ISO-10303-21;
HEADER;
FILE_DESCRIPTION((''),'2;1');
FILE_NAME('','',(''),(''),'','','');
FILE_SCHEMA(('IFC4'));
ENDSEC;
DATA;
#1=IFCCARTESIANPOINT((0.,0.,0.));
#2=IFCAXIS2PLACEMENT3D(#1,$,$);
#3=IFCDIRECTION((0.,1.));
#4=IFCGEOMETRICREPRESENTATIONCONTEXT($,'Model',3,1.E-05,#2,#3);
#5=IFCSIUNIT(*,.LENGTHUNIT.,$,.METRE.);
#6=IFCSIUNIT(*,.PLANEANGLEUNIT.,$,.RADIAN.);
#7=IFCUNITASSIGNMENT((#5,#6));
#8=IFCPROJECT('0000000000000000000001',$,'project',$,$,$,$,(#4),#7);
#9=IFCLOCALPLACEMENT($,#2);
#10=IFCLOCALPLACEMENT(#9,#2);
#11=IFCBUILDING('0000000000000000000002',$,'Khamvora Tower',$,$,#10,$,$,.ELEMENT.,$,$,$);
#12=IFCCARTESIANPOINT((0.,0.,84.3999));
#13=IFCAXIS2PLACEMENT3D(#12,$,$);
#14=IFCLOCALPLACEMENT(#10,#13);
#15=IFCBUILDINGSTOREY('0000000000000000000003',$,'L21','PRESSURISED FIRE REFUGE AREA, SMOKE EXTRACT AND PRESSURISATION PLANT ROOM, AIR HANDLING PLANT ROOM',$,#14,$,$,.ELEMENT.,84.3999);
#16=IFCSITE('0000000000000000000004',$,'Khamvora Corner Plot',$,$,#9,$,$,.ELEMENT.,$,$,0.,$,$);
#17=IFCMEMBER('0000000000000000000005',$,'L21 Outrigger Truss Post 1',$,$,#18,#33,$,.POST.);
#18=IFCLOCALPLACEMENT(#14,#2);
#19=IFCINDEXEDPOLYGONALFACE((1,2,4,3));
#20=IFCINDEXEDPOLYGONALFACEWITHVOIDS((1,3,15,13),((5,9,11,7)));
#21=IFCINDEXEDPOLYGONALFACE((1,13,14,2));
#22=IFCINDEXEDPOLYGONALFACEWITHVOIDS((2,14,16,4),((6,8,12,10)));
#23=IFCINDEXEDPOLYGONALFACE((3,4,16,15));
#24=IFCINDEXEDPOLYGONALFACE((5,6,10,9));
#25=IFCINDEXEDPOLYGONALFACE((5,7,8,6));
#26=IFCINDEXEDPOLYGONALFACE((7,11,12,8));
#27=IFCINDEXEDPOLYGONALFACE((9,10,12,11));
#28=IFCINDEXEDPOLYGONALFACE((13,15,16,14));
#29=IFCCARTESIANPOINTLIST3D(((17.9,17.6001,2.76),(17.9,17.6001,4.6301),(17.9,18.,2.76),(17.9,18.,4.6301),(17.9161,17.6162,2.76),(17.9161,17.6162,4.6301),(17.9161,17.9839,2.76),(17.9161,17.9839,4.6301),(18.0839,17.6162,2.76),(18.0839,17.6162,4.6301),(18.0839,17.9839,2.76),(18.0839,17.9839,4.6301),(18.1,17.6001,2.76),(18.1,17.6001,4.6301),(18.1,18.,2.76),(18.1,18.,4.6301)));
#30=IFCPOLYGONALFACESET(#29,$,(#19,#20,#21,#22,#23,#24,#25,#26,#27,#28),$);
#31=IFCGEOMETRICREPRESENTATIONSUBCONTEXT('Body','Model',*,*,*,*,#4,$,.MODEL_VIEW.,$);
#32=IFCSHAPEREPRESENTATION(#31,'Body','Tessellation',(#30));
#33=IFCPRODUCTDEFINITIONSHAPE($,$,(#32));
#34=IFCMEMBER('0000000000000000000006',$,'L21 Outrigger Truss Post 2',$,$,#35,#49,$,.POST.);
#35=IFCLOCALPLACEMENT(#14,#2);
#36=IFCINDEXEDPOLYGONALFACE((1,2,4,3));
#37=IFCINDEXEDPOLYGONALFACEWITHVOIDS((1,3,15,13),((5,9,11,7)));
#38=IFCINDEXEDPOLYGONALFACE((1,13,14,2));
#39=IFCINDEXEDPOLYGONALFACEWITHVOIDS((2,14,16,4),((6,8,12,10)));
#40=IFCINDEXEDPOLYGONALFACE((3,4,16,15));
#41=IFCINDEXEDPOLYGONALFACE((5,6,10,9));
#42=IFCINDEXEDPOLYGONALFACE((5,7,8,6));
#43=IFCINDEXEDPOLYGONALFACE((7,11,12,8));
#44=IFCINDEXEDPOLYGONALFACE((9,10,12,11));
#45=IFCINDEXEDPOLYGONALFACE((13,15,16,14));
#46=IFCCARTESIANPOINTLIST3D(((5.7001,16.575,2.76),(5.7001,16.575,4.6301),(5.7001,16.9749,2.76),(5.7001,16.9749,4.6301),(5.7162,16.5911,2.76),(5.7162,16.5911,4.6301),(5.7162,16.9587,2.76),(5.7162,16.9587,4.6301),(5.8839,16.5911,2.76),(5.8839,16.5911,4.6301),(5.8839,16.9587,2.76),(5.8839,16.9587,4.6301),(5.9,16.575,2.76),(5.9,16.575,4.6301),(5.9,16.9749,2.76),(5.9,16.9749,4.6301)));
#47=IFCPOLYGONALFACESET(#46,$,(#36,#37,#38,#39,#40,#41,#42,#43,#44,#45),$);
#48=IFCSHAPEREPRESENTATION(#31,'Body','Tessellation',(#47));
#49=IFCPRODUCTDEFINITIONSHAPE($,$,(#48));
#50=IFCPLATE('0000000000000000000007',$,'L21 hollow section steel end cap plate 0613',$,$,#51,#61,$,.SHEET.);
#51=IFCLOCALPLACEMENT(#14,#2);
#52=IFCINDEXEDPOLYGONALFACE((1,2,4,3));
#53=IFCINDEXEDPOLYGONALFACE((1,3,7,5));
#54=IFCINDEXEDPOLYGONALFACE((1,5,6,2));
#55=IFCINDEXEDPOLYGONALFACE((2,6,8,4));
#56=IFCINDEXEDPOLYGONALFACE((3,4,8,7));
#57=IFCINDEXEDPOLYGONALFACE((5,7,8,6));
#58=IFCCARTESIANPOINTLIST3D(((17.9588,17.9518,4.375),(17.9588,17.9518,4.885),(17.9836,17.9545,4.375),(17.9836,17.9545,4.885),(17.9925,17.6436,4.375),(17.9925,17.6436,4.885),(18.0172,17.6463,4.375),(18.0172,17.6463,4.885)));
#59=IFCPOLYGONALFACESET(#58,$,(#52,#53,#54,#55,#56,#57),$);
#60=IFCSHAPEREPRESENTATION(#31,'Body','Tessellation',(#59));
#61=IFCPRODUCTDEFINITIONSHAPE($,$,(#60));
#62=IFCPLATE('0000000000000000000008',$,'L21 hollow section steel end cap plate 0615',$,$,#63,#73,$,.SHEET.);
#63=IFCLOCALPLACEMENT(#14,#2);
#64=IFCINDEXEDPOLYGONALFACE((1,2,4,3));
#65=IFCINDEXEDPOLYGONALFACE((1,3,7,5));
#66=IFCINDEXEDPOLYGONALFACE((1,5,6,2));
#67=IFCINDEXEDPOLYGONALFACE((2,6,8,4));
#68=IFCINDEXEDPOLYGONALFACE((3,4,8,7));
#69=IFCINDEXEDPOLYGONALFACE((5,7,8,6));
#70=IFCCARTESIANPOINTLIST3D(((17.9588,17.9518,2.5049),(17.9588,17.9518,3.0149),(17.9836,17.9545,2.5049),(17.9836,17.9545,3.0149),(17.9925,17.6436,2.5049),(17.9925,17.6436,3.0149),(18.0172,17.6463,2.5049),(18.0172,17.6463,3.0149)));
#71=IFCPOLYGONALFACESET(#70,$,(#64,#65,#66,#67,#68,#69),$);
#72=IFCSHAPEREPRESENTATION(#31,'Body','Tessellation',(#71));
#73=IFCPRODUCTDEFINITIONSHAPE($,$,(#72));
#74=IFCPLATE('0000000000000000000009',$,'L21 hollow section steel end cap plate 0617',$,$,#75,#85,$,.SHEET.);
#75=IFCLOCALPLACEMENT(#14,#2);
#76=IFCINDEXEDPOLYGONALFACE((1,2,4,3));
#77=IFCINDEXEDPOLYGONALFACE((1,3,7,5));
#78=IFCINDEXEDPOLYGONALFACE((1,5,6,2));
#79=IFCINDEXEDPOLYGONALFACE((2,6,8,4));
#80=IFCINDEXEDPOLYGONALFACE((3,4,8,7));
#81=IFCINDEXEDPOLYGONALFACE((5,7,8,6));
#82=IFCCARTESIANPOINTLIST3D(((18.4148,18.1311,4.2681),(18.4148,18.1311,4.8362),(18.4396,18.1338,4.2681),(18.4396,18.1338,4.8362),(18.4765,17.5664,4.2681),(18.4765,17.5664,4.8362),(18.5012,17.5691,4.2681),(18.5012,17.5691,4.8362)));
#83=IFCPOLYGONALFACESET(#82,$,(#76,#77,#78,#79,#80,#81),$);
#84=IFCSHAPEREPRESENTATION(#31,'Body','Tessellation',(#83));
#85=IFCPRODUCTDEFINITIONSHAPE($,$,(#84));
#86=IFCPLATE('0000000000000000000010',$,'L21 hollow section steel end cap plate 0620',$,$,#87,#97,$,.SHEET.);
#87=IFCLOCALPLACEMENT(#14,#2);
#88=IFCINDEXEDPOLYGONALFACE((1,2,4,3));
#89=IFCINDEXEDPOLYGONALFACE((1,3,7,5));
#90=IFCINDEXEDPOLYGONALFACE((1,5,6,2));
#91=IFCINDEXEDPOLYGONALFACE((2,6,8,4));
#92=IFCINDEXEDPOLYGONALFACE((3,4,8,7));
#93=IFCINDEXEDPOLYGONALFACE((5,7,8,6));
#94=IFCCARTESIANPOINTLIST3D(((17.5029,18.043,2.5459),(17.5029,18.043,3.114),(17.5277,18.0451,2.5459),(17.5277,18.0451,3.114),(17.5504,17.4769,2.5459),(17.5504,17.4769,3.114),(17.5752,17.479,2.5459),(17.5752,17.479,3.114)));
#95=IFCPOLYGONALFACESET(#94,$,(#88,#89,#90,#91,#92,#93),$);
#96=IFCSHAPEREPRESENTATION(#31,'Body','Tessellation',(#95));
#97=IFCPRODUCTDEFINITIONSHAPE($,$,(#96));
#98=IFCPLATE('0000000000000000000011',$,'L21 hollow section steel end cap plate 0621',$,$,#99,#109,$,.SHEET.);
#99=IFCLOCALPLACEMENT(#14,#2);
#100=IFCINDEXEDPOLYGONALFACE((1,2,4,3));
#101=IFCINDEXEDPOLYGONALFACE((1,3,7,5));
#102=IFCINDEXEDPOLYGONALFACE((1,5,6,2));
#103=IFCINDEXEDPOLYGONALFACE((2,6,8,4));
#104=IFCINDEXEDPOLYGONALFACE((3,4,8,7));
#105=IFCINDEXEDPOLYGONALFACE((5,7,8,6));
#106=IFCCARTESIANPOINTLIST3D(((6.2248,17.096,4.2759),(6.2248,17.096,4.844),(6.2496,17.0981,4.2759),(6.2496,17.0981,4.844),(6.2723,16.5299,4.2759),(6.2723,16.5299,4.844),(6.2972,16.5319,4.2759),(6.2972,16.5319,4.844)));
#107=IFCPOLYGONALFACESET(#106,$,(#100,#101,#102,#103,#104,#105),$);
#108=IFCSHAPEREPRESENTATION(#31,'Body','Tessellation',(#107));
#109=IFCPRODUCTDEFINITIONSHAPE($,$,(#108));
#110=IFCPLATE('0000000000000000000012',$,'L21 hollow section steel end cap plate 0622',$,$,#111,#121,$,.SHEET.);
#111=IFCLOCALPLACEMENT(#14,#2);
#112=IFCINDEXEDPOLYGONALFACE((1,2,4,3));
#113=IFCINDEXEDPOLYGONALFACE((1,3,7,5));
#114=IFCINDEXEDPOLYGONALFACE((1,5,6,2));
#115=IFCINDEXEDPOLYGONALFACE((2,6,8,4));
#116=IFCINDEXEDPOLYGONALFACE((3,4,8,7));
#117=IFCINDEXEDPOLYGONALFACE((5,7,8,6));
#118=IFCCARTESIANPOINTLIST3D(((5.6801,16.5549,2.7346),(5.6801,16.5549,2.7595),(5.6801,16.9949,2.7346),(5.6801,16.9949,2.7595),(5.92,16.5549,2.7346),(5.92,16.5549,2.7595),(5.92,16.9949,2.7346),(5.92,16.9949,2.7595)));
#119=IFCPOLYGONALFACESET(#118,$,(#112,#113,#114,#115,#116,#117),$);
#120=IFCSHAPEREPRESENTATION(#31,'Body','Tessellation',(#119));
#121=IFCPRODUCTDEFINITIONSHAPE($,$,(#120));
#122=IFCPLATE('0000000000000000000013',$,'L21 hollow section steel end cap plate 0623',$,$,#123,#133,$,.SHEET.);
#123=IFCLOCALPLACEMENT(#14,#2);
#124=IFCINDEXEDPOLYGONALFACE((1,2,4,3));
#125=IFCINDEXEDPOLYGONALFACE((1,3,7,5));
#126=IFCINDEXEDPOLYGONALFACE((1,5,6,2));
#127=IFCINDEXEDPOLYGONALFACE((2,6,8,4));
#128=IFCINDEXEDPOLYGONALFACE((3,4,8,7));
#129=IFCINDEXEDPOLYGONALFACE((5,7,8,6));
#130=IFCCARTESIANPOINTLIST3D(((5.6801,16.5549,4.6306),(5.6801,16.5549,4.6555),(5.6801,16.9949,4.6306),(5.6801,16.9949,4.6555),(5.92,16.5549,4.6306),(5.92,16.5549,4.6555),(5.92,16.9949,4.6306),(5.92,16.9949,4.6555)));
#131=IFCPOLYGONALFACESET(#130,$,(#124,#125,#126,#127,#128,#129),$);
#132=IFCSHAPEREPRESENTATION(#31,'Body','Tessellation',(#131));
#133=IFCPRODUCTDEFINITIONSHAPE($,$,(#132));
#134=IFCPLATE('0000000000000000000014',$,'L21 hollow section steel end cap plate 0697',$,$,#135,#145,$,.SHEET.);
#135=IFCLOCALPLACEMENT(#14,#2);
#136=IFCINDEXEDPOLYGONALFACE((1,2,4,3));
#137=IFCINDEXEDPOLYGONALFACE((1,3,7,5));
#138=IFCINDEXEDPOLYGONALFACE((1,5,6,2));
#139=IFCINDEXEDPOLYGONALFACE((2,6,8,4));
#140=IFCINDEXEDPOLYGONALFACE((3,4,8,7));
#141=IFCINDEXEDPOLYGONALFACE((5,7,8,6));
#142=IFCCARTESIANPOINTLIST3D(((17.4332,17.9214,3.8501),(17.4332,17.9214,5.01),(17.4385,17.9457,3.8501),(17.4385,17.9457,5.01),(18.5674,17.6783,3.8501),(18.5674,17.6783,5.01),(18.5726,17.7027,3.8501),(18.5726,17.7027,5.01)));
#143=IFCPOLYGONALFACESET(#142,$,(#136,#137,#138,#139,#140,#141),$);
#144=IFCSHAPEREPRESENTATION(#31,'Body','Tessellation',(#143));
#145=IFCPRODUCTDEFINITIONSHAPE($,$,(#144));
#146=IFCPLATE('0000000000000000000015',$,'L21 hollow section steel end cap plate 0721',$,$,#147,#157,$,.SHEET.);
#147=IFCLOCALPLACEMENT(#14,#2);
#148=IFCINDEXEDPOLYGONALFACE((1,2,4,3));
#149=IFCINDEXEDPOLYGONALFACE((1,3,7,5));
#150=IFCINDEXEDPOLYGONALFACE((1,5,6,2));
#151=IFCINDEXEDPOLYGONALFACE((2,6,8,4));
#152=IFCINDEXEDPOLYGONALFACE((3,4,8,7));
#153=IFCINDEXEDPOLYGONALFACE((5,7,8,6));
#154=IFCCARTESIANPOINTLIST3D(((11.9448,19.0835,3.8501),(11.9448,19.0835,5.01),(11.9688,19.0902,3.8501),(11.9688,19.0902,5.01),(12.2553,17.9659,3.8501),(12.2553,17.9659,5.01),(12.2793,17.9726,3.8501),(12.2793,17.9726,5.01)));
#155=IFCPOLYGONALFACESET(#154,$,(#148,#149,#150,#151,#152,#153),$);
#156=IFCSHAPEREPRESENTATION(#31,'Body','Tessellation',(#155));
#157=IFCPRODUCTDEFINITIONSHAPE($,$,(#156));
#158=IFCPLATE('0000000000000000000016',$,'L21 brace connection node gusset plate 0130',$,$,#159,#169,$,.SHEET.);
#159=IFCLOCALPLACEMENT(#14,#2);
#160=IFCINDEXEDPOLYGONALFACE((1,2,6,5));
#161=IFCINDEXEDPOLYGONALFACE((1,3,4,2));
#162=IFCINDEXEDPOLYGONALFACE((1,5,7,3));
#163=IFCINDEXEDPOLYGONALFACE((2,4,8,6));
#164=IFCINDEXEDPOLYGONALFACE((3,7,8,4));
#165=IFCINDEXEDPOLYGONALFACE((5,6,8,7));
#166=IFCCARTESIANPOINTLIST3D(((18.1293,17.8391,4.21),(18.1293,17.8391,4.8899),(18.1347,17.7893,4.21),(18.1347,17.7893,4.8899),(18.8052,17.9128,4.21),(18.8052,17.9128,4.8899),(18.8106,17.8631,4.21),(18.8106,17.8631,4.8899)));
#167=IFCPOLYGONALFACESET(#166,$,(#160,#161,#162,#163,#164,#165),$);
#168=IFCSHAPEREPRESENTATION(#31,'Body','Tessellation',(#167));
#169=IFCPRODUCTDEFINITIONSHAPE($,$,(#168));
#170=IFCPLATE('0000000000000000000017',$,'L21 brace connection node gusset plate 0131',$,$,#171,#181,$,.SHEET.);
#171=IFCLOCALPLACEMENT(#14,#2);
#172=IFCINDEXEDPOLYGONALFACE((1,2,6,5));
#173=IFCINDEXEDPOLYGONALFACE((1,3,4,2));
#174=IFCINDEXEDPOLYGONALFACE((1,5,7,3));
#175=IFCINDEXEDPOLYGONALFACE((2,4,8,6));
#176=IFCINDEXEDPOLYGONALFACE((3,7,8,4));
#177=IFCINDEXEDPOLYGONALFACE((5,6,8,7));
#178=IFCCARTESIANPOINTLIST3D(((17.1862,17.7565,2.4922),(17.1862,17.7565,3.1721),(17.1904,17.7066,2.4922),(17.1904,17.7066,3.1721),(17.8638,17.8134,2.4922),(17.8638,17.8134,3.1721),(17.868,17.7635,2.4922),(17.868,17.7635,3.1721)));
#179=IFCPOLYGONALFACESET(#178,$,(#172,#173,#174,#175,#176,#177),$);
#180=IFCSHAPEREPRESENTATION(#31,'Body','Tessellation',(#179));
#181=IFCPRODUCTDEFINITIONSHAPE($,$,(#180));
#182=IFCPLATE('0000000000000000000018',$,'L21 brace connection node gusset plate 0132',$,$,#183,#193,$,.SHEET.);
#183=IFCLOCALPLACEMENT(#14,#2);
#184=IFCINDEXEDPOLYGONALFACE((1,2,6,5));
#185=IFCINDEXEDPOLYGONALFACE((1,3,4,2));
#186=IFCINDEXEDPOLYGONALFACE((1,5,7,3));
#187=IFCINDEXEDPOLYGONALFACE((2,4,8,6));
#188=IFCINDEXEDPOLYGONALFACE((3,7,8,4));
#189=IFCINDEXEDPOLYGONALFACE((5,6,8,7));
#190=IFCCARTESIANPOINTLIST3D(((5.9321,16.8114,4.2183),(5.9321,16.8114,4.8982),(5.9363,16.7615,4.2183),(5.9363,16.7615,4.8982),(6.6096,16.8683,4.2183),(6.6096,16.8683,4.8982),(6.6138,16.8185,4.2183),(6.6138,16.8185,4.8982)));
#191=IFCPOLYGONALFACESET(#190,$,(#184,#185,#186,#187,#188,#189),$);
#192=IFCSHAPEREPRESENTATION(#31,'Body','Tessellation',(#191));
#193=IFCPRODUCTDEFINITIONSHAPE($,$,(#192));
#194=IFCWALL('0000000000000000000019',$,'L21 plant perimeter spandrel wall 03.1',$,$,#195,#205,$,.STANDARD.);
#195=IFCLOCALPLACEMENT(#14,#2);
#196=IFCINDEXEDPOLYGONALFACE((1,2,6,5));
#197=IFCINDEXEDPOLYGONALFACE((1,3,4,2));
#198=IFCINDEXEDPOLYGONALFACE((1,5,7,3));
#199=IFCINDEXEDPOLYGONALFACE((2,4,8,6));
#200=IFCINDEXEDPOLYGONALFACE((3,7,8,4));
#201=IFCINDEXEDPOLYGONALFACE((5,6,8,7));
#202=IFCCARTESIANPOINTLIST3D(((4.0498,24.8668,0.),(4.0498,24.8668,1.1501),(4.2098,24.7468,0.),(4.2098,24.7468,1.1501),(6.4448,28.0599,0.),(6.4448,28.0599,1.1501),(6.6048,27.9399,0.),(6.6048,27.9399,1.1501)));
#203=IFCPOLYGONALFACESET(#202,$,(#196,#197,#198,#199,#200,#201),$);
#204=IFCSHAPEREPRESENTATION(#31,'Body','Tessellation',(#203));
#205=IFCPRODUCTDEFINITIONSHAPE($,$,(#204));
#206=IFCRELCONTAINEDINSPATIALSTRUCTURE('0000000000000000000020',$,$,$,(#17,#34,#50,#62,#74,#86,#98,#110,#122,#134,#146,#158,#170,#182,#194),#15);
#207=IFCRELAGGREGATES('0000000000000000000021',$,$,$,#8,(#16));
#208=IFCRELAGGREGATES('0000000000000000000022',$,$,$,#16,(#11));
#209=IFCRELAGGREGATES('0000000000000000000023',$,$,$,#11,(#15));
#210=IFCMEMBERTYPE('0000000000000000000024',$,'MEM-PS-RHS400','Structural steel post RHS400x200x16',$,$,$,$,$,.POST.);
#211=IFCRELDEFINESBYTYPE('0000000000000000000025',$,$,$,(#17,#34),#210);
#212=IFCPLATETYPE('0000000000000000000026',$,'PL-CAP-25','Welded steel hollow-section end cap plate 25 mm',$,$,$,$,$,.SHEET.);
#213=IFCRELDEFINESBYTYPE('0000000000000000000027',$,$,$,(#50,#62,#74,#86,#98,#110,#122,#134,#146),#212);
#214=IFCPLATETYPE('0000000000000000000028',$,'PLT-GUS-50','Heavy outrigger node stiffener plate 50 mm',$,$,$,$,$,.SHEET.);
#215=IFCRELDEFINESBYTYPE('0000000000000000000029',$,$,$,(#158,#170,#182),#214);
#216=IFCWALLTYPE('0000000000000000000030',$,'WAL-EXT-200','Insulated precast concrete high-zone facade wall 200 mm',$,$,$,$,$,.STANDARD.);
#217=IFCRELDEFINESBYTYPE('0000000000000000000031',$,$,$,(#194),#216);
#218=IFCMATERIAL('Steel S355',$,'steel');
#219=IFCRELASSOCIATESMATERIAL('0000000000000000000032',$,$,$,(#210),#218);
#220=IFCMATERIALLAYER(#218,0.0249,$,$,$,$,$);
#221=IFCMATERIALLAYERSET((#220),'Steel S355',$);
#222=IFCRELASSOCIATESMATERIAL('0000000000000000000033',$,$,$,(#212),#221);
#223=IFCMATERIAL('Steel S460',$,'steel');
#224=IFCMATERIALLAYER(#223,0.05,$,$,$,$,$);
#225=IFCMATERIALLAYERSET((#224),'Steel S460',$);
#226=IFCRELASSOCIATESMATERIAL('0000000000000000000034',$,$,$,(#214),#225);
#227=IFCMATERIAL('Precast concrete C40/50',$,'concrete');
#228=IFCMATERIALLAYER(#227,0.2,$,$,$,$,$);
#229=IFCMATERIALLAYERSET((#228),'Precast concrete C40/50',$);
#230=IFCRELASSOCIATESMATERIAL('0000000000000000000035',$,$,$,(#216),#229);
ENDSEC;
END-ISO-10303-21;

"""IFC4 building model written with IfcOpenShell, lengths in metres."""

from ifc_helpers import new_model, si_unit, direction, frame, frame_2d, origin, origin_2d, place, context, subcontext, project, spatial, rectangle, hollow_rectangle, extrude, material, layer, layer_set, material_profile, profile_set, type_object, element, save


model = new_model("IFC4")

# Units and contexts
model_context = context("Model", 3, precision=1e-05, world=origin(), true_north=direction((0.0, 1.0)))
body_context = subcontext(model_context, "Body", "Model", "MODEL_VIEW")
ifc_project = project(units=[si_unit("LENGTHUNIT", "METRE"), si_unit("PLANEANGLEUNIT", "RADIAN")], contexts=[model_context])

# Site, building, storey
site_placement = place(None, origin())
site = spatial("IfcSite", under=ifc_project, at=site_placement, Name="Khamvora Corner Plot", CompositionType="ELEMENT", RefElevation=0.0)
building_placement = place(site_placement, origin())
building = spatial("IfcBuilding", under=site, at=building_placement, Name="Khamvora Tower", CompositionType="ELEMENT")
storey_placement = place(building_placement, frame((0.0, 0.0, 84.3999)))
storey = spatial("IfcBuildingStorey", under=building, at=storey_placement, Name="L21", Description="PRESSURISED FIRE REFUGE AREA, SMOKE EXTRACT AND PRESSURISATION PLANT ROOM, AIR HANDLING PLANT ROOM", CompositionType="ELEMENT", Elevation=84.3999)

# Shared definitions
ifc_material_1 = material(Name="Steel S355", Category="steel")

# Shared definitions
ifc_material_2 = material(Name="Steel S460", Category="steel")

# Members
ifc_material_profile_1 = material_profile(ifc_material_1, hollow_rectangle(XDim=0.2, YDim=0.3999, WallThickness=0.0161, at=origin_2d()), Name="RHS400x200x16")
ifc_profile_set_1 = profile_set([ifc_material_profile_1], Name="Steel S355")
member_type_1 = type_object("IfcMemberType", Name="MEM-PS-RHS400", Description="Structural steel post RHS400x200x16", PredefinedType="POST", material=ifc_profile_set_1)
for number, where, z_axis, x_axis, name in (
    (1, (18.0, 17.8, 2.76), (0.0, 0.0, 1.0), (1.0, 0.0, 0.0), "L21 Outrigger Truss Post 1"),
    (2, (5.8, 16.7749, 2.76), (0.0, 0.0, 1.0), (1.0, 0.0, 0.0), "L21 Outrigger Truss Post 2"),
):
    element("IfcMember", number, at=place(storey_placement, frame(where, z_axis=z_axis, x_axis=x_axis)), inside=storey, type_object=member_type_1, Name=name, PredefinedType="POST", context=body_context, shape_type="SweptSolid", body=[
        extrude(hollow_rectangle(XDim=0.2, YDim=0.3999, WallThickness=0.0161, at=origin_2d()), origin(), (0.0, 0.0, 1.0), 1.8701),
    ])

# Plates
ifc_layer_1 = layer(ifc_material_1, 0.0249)
ifc_layer_set_1 = layer_set([ifc_layer_1], Name="Steel S355")
plate_type_1 = type_object("IfcPlateType", Name="PL-CAP-25", Description="Welded steel hollow-section end cap plate 25 mm", PredefinedType="SHEET", material=ifc_layer_set_1)
for number, where, z_axis, x_axis, name in (
    (3, (17.988, 17.7991, 4.375), (0.0, 0.0, 1.0), (-0.994102, -0.10845, 0.0), "L21 hollow section steel end cap plate 0613"),
    (4, (17.988, 17.7991, 2.5049), (0.0, 0.0, 1.0), (-0.994102, -0.10845, 0.0), "L21 hollow section steel end cap plate 0615"),
):
    element("IfcPlate", number, at=place(storey_placement, frame(where, z_axis=z_axis, x_axis=x_axis)), inside=storey, type_object=plate_type_1, Name=name, PredefinedType="SHEET", context=body_context, shape_type="SweptSolid", body=[
        extrude(rectangle(XDim=0.0249, YDim=0.3101, at=origin_2d()), origin(), (0.0, 0.0, 1.0), 0.51),
    ])
for number, where, z_axis, x_axis, name in (
    (5, (18.458, 17.8501, 4.2681), (0.0, 0.0, 1.0), (-0.994094, -0.10852, 0.0), "L21 hollow section steel end cap plate 0617"),
    (6, (17.5391, 17.761, 2.5459), (0.0, 0.0, 1.0), (-0.996493, -0.083678, 0.0), "L21 hollow section steel end cap plate 0620"),
    (7, (6.261, 16.814, 4.2759), (0.0, 0.0, 1.0), (-0.996493, -0.083678, 0.0), "L21 hollow section steel end cap plate 0621"),
):
    element("IfcPlate", number, at=place(storey_placement, frame(where, z_axis=z_axis, x_axis=x_axis)), inside=storey, type_object=plate_type_1, Name=name, PredefinedType="SHEET", context=body_context, shape_type="SweptSolid", body=[
        extrude(rectangle(XDim=0.0249, YDim=0.5681, at=origin_2d()), origin(), (0.0, 0.0, 1.0), 0.5681),
    ])
for number, where, z_axis, x_axis, name in (
    (8, (5.8, 16.7749, 2.7346), (0.0, 0.0, 1.0), (1.0, 0.0, 0.0), "L21 hollow section steel end cap plate 0622"),
    (9, (5.8, 16.7749, 4.6306), (0.0, 0.0, 1.0), (1.0, 0.0, 0.0), "L21 hollow section steel end cap plate 0623"),
):
    element("IfcPlate", number, at=place(storey_placement, frame(where, z_axis=z_axis, x_axis=x_axis)), inside=storey, type_object=plate_type_1, Name=name, PredefinedType="SHEET", context=body_context, shape_type="SweptSolid", body=[
        extrude(rectangle(XDim=0.24, YDim=0.4399, at=origin_2d()), origin(), (0.0, 0.0, 1.0), 0.0249),
    ])
for number, where, z_axis, x_axis, name in (
    (10, (18.0029, 17.812, 3.8501), (0.0, 0.0, 1.0), (-0.209533, -0.977802, 0.0), "L21 hollow section steel end cap plate 0697"),
    (11, (12.1121, 18.5281, 3.8501), (0.0, 0.0, 1.0), (0.963518, 0.267642, 0.0), "L21 hollow section steel end cap plate 0721"),
):
    element("IfcPlate", number, at=place(storey_placement, frame(where, z_axis=z_axis, x_axis=x_axis)), inside=storey, type_object=plate_type_1, Name=name, PredefinedType="SHEET", context=body_context, shape_type="SweptSolid", body=[
        extrude(rectangle(XDim=0.0249, YDim=1.1599, at=origin_2d()), origin(), (0.0, 0.0, 1.0), 1.1599),
    ])
ifc_layer_2 = layer(ifc_material_2, 0.05)
ifc_layer_set_2 = layer_set([ifc_layer_2], Name="Steel S460")
plate_type_2 = type_object("IfcPlateType", Name="PLT-GUS-50", Description="Heavy outrigger node stiffener plate 50 mm", PredefinedType="SHEET", material=ifc_layer_set_2)
for number, where, z_axis, x_axis, name in (
    (12, (18.47, 17.8511, 4.21), (0.0, 0.0, 1.0), (-0.994102, -0.10845, 0.0), "L21 brace connection node gusset plate 0130"),
    (13, (17.5271, 17.76, 2.4922), (0.0, 0.0, 1.0), (-0.996488, -0.08373, 0.0), "L21 brace connection node gusset plate 0131"),
    (14, (6.2729, 16.8149, 4.2183), (0.0, 0.0, 1.0), (-0.996488, -0.08373, 0.0), "L21 brace connection node gusset plate 0132"),
):
    element("IfcPlate", number, at=place(storey_placement, frame(where, z_axis=z_axis, x_axis=x_axis)), inside=storey, type_object=plate_type_2, Name=name, PredefinedType="SHEET", context=body_context, shape_type="SweptSolid", body=[
        extrude(rectangle(XDim=0.6799, YDim=0.05, at=origin_2d()), origin(), (0.0, 0.0, 1.0), 0.6799),
    ])

# Wall
ifc_material_3 = material(Name="Precast concrete C40/50", Category="concrete")
ifc_layer_3 = layer(ifc_material_3, 0.2)
ifc_layer_set_3 = layer_set([ifc_layer_3], Name="Precast concrete C40/50")
wall_type = type_object("IfcWallType", Name="WAL-EXT-200", Description="Insulated precast concrete high-zone facade wall 200 mm", PredefinedType="STANDARD", material=ifc_layer_set_3)
wall_placement = place(storey_placement, frame((4.1299, 24.8069, 0.0), z_axis=(0.0, 0.0, 1.0), x_axis=(0.600029, 0.799978, 0.0)))
element("IfcWall", 15, at=wall_placement, inside=storey, type_object=wall_type, Name="L21 plant perimeter spandrel wall 03.1", PredefinedType="STANDARD", context=body_context, shape_type="SweptSolid", body=[
    extrude(rectangle(XDim=3.9915, YDim=0.2, at=frame_2d((1.9956, 0.0))), origin(), (0.0, 0.0, 1.0), 1.1501),
])

save(model, "model.ifc")
